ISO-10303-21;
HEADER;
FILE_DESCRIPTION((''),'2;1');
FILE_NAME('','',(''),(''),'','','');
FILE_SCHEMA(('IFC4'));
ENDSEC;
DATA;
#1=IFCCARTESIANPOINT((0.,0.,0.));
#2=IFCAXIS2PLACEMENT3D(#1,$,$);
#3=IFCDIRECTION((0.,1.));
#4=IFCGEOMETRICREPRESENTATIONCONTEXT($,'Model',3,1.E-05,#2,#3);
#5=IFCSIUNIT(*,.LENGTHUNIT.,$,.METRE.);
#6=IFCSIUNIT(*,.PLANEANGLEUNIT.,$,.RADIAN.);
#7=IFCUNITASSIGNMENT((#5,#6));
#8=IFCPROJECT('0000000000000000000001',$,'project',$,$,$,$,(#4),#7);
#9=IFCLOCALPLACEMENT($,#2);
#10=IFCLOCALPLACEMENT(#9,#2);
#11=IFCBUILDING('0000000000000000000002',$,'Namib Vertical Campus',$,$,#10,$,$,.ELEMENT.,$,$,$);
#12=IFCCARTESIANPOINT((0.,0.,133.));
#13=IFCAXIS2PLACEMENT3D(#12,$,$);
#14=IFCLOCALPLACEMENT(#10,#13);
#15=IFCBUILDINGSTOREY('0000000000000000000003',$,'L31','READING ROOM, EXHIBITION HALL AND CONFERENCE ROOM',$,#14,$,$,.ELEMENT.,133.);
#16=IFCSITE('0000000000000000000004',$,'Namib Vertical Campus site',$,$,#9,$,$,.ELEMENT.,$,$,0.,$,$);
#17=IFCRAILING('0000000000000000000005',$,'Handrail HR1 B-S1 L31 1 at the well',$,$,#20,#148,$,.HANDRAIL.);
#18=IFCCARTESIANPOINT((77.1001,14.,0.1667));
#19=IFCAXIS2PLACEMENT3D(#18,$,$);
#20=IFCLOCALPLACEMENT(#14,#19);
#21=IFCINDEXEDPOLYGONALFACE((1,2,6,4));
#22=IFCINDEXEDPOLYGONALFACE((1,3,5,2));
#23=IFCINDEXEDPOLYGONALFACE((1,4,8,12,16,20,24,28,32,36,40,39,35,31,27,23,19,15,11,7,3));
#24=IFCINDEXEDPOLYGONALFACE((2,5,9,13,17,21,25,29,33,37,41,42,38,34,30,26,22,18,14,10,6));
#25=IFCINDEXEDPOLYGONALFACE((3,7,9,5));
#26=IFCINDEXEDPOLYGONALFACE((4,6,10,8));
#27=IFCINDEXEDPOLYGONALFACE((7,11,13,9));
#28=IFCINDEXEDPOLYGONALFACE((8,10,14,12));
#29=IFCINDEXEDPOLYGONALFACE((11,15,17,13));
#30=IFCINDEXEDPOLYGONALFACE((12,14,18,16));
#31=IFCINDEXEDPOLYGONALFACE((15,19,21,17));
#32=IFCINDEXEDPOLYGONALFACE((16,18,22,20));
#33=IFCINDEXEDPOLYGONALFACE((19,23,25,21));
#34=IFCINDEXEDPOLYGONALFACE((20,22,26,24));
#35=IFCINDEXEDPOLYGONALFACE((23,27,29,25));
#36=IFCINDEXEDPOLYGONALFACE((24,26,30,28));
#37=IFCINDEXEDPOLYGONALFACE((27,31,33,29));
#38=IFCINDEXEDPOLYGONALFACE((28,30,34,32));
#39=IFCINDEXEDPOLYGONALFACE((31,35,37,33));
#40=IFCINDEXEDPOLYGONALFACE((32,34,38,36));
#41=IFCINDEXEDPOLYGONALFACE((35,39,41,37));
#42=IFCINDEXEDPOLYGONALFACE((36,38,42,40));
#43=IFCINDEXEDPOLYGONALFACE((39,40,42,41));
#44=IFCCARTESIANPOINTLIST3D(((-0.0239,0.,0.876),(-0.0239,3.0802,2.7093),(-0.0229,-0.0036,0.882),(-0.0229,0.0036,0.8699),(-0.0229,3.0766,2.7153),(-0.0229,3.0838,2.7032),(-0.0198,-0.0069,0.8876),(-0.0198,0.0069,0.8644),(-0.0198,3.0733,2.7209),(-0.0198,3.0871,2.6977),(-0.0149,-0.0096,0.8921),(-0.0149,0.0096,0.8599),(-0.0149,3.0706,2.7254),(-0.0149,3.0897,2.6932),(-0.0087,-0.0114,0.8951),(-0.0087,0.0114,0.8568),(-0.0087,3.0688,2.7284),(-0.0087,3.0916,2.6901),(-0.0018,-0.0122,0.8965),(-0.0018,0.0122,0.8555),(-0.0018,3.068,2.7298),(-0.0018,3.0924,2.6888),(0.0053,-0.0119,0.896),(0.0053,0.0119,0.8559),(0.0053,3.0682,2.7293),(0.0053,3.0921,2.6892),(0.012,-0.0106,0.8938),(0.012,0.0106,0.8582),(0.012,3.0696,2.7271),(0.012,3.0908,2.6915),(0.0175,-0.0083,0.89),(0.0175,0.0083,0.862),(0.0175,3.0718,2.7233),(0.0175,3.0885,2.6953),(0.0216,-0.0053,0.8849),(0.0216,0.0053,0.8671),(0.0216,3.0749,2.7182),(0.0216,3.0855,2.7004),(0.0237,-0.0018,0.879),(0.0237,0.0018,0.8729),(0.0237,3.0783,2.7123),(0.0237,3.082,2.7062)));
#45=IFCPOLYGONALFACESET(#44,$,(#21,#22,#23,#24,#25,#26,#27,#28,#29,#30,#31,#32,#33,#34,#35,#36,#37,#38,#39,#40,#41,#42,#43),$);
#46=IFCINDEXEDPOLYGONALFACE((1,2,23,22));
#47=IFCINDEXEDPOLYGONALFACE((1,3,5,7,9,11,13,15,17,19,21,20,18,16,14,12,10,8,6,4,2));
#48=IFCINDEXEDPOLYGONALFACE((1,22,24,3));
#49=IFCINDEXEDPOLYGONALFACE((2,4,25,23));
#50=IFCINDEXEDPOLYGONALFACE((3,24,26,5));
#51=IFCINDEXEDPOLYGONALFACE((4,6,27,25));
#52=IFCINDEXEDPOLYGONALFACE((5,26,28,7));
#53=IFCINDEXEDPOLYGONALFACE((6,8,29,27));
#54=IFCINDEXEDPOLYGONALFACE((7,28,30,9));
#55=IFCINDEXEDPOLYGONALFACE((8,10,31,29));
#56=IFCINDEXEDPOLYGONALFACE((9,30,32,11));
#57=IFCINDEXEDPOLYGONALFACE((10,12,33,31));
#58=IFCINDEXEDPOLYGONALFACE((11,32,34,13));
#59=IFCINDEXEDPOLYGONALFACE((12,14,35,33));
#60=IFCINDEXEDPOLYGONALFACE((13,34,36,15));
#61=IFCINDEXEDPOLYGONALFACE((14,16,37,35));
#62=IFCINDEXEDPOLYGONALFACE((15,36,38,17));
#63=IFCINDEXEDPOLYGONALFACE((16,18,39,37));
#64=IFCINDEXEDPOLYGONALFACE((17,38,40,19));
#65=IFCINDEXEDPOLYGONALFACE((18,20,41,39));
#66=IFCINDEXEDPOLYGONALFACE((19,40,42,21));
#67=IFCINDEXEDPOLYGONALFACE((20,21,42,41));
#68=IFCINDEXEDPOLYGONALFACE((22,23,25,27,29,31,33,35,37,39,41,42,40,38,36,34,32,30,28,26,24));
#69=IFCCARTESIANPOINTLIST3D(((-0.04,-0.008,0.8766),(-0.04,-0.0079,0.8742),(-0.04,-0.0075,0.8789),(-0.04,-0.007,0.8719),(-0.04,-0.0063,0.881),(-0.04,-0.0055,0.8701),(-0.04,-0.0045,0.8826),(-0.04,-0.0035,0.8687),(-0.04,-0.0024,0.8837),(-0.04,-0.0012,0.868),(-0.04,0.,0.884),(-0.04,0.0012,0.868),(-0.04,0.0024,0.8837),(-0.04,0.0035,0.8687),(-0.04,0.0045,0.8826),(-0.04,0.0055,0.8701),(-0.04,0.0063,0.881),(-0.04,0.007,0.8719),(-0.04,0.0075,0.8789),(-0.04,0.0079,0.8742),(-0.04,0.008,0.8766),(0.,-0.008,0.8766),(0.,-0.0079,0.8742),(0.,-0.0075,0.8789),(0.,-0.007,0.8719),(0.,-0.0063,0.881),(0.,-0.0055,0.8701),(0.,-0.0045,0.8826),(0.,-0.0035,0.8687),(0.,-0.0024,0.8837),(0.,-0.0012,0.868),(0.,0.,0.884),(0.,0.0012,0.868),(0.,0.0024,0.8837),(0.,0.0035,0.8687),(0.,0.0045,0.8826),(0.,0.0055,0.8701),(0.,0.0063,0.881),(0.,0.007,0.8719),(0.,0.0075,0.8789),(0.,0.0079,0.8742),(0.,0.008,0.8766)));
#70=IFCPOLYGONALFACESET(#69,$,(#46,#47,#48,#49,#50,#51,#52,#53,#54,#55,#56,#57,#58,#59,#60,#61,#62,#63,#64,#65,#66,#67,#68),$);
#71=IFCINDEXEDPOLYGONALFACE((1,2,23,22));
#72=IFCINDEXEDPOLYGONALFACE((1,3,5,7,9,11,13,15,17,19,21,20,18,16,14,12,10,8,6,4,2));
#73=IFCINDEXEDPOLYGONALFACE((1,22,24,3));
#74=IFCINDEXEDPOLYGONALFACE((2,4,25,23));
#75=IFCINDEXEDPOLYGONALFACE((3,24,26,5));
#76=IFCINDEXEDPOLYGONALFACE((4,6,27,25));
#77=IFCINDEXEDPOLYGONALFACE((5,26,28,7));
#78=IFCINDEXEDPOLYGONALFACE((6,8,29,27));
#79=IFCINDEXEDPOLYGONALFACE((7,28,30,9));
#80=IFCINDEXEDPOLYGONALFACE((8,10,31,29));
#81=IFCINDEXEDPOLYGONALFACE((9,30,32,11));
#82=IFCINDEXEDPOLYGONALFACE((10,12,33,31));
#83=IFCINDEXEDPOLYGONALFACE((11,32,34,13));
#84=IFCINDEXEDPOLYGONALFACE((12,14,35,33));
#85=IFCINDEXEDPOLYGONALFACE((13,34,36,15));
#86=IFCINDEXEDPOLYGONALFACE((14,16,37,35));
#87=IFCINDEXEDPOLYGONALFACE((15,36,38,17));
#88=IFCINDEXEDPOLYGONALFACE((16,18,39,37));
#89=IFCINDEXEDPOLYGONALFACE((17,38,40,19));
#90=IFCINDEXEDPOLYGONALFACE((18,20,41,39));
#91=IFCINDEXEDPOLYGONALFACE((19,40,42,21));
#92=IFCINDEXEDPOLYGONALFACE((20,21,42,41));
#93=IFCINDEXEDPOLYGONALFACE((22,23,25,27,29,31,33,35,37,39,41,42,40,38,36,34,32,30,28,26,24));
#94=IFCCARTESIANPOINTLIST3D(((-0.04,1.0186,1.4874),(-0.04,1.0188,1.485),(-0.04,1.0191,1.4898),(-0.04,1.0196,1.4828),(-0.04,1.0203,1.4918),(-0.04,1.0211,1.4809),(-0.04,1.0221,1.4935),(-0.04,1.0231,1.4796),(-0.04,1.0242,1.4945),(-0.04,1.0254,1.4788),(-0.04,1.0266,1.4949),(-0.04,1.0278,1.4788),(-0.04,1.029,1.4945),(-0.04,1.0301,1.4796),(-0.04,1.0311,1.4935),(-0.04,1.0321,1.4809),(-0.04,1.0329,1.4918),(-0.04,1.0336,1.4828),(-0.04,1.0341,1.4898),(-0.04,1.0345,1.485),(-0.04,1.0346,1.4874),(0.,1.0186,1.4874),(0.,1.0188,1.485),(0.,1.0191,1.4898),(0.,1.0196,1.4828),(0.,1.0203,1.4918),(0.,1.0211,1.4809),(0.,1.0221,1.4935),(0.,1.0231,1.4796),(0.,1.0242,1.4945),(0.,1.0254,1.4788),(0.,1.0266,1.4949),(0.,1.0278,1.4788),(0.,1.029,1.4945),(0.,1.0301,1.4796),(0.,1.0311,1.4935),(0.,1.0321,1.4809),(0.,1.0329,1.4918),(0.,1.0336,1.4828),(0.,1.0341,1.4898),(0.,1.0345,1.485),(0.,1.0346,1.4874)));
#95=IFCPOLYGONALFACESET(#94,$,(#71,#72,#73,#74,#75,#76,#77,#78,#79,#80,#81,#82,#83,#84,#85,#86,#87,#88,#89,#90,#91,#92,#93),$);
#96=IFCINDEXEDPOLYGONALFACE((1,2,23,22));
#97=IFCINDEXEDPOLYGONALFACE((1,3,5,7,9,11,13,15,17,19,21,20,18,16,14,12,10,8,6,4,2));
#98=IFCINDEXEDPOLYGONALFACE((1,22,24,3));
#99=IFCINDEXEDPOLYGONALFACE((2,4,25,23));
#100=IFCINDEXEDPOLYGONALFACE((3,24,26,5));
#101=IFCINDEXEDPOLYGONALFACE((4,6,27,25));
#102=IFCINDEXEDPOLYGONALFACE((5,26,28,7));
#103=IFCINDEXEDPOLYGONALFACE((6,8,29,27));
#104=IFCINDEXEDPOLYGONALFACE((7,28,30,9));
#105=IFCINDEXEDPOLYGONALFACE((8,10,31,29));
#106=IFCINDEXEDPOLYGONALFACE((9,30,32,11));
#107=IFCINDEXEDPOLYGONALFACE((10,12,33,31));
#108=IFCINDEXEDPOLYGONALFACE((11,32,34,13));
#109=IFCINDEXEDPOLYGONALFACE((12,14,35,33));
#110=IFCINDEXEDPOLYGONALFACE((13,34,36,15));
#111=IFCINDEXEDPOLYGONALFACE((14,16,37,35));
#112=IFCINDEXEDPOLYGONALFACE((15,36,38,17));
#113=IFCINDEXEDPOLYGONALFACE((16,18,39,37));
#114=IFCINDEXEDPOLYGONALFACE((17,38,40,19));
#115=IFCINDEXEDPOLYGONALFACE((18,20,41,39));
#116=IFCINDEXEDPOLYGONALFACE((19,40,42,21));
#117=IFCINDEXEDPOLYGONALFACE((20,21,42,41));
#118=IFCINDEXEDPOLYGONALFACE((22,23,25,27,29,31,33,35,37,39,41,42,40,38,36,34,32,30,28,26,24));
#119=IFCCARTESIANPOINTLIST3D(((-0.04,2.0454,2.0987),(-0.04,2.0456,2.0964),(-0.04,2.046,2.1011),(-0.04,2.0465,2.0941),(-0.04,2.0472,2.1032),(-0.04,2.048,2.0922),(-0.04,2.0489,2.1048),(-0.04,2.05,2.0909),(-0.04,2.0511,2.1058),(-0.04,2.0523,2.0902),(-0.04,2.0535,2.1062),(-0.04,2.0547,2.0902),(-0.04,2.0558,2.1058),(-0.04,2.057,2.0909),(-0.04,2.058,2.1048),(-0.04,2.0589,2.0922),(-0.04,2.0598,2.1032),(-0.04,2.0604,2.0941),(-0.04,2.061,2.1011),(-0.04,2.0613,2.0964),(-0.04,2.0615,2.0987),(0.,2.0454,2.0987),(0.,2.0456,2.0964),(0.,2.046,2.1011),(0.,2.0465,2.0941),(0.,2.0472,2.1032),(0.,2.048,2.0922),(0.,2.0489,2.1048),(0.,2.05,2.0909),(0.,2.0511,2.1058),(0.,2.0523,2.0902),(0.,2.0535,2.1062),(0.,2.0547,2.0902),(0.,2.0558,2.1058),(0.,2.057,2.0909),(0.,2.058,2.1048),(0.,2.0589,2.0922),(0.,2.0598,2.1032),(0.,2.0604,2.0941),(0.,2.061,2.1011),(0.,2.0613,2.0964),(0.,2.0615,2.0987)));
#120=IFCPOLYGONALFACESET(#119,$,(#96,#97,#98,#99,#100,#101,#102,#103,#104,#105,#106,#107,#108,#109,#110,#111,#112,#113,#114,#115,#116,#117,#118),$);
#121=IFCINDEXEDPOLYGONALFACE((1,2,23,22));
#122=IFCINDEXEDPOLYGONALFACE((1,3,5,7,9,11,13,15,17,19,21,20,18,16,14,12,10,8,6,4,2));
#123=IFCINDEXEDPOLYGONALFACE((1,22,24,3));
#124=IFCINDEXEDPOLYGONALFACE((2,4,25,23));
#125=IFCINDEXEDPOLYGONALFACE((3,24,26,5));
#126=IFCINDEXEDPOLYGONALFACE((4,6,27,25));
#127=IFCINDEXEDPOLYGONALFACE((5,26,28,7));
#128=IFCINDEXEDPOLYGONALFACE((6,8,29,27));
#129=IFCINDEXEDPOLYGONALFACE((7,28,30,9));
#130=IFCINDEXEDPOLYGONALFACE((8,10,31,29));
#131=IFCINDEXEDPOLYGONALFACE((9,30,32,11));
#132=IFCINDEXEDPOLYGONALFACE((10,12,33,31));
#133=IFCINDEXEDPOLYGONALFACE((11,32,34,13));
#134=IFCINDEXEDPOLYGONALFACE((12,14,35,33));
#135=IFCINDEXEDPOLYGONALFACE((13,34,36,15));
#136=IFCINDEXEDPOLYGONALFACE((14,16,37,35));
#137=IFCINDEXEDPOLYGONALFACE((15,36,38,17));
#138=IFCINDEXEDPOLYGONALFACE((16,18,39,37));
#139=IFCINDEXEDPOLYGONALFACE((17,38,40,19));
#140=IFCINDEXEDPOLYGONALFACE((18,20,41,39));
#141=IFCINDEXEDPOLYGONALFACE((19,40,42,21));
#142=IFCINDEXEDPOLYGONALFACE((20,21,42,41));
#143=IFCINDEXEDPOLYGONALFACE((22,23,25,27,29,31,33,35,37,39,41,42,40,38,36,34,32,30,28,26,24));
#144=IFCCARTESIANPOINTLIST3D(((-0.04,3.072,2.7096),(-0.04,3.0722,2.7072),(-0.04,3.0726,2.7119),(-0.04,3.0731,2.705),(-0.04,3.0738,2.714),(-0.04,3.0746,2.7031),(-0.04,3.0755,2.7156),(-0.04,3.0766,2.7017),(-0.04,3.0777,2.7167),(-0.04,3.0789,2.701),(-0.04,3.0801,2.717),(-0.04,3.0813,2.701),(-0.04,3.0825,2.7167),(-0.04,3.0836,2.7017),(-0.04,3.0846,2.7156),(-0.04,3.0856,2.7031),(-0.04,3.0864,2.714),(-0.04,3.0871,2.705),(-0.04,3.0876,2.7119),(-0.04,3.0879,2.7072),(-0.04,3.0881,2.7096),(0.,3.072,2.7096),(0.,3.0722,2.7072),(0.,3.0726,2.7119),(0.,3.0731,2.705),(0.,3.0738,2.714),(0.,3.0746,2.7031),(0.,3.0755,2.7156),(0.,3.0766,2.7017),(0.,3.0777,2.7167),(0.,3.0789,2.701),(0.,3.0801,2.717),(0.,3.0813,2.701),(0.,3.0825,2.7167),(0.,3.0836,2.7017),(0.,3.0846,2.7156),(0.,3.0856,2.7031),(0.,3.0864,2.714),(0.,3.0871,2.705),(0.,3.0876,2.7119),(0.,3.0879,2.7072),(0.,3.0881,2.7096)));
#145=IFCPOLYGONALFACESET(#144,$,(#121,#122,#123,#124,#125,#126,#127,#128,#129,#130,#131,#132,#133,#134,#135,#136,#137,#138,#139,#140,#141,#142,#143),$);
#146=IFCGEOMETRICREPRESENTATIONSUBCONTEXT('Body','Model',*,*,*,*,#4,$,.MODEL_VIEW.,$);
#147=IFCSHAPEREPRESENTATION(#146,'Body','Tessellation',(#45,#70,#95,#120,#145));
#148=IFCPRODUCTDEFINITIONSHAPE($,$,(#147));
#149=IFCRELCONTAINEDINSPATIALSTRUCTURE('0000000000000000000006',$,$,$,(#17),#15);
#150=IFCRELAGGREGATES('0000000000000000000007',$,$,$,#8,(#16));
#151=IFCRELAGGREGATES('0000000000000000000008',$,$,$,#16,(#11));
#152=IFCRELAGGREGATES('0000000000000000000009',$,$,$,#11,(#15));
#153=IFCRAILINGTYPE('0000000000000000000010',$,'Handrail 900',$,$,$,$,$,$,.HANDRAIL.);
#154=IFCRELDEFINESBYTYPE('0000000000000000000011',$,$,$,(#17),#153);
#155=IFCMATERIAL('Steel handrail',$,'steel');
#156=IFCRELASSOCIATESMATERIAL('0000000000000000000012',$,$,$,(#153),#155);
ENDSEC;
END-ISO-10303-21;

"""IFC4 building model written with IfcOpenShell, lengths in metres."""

from ifc_helpers import new_model, si_unit, direction, frame, origin, origin_2d, place, context, subcontext, project, spatial, circle, extrude, material, type_object, element, save


model = new_model("IFC4")

# Units and contexts
model_context = context("Model", 3, precision=1e-05, world=origin(), true_north=direction((0.0, 1.0)))
body_context = subcontext(model_context, "Body", "Model", "MODEL_VIEW")
ifc_project = project(units=[si_unit("LENGTHUNIT", "METRE"), si_unit("PLANEANGLEUNIT", "RADIAN")], contexts=[model_context])

# Site, building, storey
site_placement = place(None, origin())
site = spatial("IfcSite", under=ifc_project, at=site_placement, Name="Namib Vertical Campus site", CompositionType="ELEMENT", RefElevation=0.0)
building_placement = place(site_placement, origin())
building = spatial("IfcBuilding", under=site, at=building_placement, Name="Namib Vertical Campus", CompositionType="ELEMENT")
storey_placement = place(building_placement, frame((0.0, 0.0, 133.0)))
storey = spatial("IfcBuildingStorey", under=building, at=storey_placement, Name="L31", Description="READING ROOM, EXHIBITION HALL AND CONFERENCE ROOM", CompositionType="ELEMENT", Elevation=133.0)

# Railing
ifc_material_1 = material(Name="Steel handrail", Category="steel")
railing_type_1 = type_object("IfcRailingType", Name="Handrail 900", PredefinedType="HANDRAIL", material=ifc_material_1)
railing_1_placement = place(storey_placement, frame((77.1001, 14.0, 0.1667)))
element("IfcRailing", 1, at=railing_1_placement, inside=storey, type_object=railing_type_1, Name="Handrail HR1 B-S1 L31 1 at the well", PredefinedType="HANDRAIL", context=body_context, shape_type="SweptSolid", body=[
    extrude(circle(Radius=0.0239, at=origin_2d()), frame((0.0, 0.0, 0.876), z_axis=(0.0, 0.859309, 0.511458), x_axis=(-1.0, 0.0, 0.0)), (0.0, 0.0, 1.0), 3.5845),
    extrude(circle(Radius=0.0081, at=origin_2d()), frame((0.0, 0.0, 0.876), z_axis=(-1.0, 0.0, 0.0), x_axis=(0.0, 0.0, 1.0)), (0.0, 0.0, 1.0), 0.04),
    extrude(circle(Radius=0.0081, at=origin_2d()), frame((0.0, 1.0266, 1.4868), z_axis=(-1.0, 0.0, 0.0), x_axis=(0.0, 0.0, 1.0)), (0.0, 0.0, 1.0), 0.04),
    extrude(circle(Radius=0.0081, at=origin_2d()), frame((0.0, 2.0535, 2.0981), z_axis=(-1.0, 0.0, 0.0), x_axis=(0.0, 0.0, 1.0)), (0.0, 0.0, 1.0), 0.04),
    extrude(circle(Radius=0.0081, at=origin_2d()), frame((0.0, 3.0801, 2.709), z_axis=(-1.0, 0.0, 0.0), x_axis=(0.0, 0.0, 1.0)), (0.0, 0.0, 1.0), 0.04),
])

save(model, "model.ifc")
